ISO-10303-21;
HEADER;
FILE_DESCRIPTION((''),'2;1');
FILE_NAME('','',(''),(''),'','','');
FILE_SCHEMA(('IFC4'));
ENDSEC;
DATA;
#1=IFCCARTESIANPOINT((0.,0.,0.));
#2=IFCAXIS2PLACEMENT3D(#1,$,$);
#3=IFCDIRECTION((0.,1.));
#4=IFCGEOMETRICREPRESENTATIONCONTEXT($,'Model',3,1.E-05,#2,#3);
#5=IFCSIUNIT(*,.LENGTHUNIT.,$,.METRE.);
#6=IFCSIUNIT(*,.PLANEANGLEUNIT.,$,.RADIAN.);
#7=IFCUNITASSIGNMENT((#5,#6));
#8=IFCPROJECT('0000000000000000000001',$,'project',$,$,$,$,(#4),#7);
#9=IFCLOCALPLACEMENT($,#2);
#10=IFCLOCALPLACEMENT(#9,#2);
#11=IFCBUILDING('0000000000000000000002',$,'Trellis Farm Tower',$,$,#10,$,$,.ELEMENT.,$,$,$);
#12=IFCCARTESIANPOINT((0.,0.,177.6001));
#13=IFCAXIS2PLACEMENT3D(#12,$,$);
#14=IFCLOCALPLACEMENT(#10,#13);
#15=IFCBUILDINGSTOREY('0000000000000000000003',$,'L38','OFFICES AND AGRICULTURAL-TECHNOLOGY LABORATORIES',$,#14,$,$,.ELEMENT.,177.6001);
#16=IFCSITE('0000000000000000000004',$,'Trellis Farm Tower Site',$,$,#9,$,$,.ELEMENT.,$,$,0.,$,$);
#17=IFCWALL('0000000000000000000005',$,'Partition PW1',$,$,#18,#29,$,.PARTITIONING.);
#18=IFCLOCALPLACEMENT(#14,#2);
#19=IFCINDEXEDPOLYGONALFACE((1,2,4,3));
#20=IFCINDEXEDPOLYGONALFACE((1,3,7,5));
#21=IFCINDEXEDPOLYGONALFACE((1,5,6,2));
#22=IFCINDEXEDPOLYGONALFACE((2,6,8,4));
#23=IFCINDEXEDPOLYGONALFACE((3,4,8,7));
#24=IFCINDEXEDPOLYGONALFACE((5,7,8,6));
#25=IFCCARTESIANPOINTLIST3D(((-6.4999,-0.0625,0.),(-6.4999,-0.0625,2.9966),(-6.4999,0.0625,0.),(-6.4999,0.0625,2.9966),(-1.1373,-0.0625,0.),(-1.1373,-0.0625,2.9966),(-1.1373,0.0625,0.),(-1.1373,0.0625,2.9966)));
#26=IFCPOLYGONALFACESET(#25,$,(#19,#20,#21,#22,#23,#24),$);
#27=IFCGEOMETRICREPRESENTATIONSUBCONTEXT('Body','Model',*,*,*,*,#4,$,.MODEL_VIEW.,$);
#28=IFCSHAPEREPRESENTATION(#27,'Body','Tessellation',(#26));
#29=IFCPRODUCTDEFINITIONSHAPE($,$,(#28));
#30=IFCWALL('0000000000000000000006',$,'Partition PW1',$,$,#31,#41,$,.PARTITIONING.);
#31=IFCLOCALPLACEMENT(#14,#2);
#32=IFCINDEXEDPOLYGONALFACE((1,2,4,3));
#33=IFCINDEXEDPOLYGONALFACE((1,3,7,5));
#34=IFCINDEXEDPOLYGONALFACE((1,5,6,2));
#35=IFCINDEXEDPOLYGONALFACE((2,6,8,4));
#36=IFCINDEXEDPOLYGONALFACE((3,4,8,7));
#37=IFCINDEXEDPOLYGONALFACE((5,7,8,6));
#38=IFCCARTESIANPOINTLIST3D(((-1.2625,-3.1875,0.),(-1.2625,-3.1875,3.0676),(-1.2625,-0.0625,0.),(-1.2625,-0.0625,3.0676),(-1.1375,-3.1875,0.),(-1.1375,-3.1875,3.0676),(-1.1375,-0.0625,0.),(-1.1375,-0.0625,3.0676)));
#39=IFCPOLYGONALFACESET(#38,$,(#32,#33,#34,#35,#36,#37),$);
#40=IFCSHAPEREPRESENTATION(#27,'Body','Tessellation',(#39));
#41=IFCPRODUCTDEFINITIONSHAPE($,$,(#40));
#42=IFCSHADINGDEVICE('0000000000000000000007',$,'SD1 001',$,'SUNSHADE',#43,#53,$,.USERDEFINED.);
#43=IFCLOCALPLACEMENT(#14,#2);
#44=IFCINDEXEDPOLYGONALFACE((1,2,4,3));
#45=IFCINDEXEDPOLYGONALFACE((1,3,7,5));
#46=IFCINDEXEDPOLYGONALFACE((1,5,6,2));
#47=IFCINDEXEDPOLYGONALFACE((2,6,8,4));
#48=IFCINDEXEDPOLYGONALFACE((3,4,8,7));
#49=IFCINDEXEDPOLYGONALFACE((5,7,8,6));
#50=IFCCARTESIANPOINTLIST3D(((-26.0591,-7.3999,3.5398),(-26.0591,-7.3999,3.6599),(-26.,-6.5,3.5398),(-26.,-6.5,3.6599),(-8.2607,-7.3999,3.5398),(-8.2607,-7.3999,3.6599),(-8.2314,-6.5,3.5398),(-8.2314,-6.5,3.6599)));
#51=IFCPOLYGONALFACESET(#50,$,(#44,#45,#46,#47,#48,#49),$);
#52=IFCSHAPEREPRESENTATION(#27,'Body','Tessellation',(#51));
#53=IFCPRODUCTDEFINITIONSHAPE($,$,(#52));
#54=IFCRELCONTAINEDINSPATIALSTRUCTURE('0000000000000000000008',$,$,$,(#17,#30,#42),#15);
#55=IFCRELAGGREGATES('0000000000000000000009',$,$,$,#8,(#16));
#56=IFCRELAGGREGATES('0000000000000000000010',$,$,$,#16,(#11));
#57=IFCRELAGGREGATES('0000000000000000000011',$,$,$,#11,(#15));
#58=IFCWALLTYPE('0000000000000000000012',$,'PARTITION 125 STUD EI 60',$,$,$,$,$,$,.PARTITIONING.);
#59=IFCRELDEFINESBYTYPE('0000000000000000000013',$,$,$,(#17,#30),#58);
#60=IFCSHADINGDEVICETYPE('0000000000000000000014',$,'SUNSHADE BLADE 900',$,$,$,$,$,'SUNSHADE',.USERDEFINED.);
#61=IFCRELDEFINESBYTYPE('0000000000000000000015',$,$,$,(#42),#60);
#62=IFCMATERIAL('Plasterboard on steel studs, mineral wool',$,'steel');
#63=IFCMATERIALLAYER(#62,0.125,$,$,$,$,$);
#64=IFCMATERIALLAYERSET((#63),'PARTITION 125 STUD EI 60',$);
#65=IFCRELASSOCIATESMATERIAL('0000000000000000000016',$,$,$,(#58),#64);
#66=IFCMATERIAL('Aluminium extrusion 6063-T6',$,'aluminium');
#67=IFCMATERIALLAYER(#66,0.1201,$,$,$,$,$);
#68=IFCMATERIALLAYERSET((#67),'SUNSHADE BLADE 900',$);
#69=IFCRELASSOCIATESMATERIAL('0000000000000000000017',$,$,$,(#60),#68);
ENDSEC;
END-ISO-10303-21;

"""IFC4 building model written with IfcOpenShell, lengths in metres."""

from ifc_helpers import new_model, si_unit, direction, frame, frame_2d, origin, place, context, subcontext, project, spatial, polyline, rectangle, outline, extrude, source, transform, mapped, material, layer, layer_set, type_object, element, save


model = new_model("IFC4")

# Units and contexts
model_context = context("Model", 3, precision=1e-05, world=origin(), true_north=direction((0.0, 1.0)))
body_context = subcontext(model_context, "Body", "Model", "MODEL_VIEW")
ifc_project = project(units=[si_unit("LENGTHUNIT", "METRE"), si_unit("PLANEANGLEUNIT", "RADIAN")], contexts=[model_context])

# Site, building, storey
site_placement = place(None, origin())
site = spatial("IfcSite", under=ifc_project, at=site_placement, Name="Trellis Farm Tower Site", CompositionType="ELEMENT", RefElevation=0.0)
building_placement = place(site_placement, origin())
building = spatial("IfcBuilding", under=site, at=building_placement, Name="Trellis Farm Tower", CompositionType="ELEMENT")
storey_placement = place(building_placement, frame((0.0, 0.0, 177.6001)))
storey = spatial("IfcBuildingStorey", under=building, at=storey_placement, Name="L38", Description="OFFICES AND AGRICULTURAL-TECHNOLOGY LABORATORIES", CompositionType="ELEMENT", Elevation=177.6001)

# Shared definitions
ifc_material_1 = material(Name="Aluminium extrusion 6063-T6", Category="aluminium")

# Shared definitions
ifc_material_2 = material(Name="Plasterboard on steel studs, mineral wool", Category="steel")
ifc_layer_1 = layer(ifc_material_2, 0.125)
ifc_layer_set_1 = layer_set([ifc_layer_1], Name="PARTITION 125 STUD EI 60")
wall_type = type_object("IfcWallType", Name="PARTITION 125 STUD EI 60", PredefinedType="PARTITIONING", material=ifc_layer_set_1)
shared_shape_1 = source(origin(), body_context, "Body", "SweptSolid", [
    extrude(rectangle(XDim=5.3625, YDim=0.125, at=frame_2d((2.6812, 0.0))), origin(), (0.0, 0.0, 1.0), 2.9966),
])

# Walls
wall_1_placement = place(storey_placement, frame((-1.1375, 0.0, 0.0), z_axis=(0.0, 0.0, 1.0), x_axis=(-1.0, 0.0, 0.0)))
element("IfcWall", 1, at=wall_1_placement, inside=storey, type_object=wall_type, Name="Partition PW1", PredefinedType="PARTITIONING", context=body_context, shape_type="MappedRepresentation", body=[
    mapped(shared_shape_1, transform((0.0, 0.0, 0.0))),
])
shared_shape_2 = source(origin(), body_context, "Body", "SweptSolid", [
    extrude(rectangle(XDim=3.125, YDim=0.125, at=frame_2d((1.5625, 0.0))), origin(), (0.0, 0.0, 1.0), 3.0676),
])
wall_2_placement = place(storey_placement, frame((-1.2, -0.0625, 0.0), z_axis=(0.0, 0.0, 1.0), x_axis=(0.0, -1.0, 0.0)))
element("IfcWall", 2, at=wall_2_placement, inside=storey, type_object=wall_type, Name="Partition PW1", PredefinedType="PARTITIONING", context=body_context, shape_type="MappedRepresentation", body=[
    mapped(shared_shape_2, transform((0.0, 0.0, 0.0))),
])

# Shading device
ifc_layer_2 = layer(ifc_material_1, 0.1201)
ifc_layer_set_2 = layer_set([ifc_layer_2], Name="SUNSHADE BLADE 900")
shading_device_type = type_object("IfcShadingDeviceType", Name="SUNSHADE BLADE 900", ElementType="SUNSHADE", PredefinedType="USERDEFINED", material=ifc_layer_set_2)
shared_shape_3 = source(origin(), body_context, "Body", "SweptSolid", [
    extrude(outline(polyline([(-26.0591, -7.3999), (-8.2607, -7.3999), (-8.2314, -6.5), (-26.0, -6.5), (-26.0591, -7.3999)])), origin(), (0.0, 0.0, 1.0), 0.1201),
])
shading_device_placement = place(storey_placement, frame((0.0, 0.0, 3.5398)))
element("IfcShadingDevice", 3, at=shading_device_placement, inside=storey, type_object=shading_device_type, Name="SD1 001", ObjectType="SUNSHADE", PredefinedType="USERDEFINED", context=body_context, shape_type="MappedRepresentation", body=[
    mapped(shared_shape_3, transform((0.0, 0.0, 0.0))),
])

save(model, "model.ifc")
